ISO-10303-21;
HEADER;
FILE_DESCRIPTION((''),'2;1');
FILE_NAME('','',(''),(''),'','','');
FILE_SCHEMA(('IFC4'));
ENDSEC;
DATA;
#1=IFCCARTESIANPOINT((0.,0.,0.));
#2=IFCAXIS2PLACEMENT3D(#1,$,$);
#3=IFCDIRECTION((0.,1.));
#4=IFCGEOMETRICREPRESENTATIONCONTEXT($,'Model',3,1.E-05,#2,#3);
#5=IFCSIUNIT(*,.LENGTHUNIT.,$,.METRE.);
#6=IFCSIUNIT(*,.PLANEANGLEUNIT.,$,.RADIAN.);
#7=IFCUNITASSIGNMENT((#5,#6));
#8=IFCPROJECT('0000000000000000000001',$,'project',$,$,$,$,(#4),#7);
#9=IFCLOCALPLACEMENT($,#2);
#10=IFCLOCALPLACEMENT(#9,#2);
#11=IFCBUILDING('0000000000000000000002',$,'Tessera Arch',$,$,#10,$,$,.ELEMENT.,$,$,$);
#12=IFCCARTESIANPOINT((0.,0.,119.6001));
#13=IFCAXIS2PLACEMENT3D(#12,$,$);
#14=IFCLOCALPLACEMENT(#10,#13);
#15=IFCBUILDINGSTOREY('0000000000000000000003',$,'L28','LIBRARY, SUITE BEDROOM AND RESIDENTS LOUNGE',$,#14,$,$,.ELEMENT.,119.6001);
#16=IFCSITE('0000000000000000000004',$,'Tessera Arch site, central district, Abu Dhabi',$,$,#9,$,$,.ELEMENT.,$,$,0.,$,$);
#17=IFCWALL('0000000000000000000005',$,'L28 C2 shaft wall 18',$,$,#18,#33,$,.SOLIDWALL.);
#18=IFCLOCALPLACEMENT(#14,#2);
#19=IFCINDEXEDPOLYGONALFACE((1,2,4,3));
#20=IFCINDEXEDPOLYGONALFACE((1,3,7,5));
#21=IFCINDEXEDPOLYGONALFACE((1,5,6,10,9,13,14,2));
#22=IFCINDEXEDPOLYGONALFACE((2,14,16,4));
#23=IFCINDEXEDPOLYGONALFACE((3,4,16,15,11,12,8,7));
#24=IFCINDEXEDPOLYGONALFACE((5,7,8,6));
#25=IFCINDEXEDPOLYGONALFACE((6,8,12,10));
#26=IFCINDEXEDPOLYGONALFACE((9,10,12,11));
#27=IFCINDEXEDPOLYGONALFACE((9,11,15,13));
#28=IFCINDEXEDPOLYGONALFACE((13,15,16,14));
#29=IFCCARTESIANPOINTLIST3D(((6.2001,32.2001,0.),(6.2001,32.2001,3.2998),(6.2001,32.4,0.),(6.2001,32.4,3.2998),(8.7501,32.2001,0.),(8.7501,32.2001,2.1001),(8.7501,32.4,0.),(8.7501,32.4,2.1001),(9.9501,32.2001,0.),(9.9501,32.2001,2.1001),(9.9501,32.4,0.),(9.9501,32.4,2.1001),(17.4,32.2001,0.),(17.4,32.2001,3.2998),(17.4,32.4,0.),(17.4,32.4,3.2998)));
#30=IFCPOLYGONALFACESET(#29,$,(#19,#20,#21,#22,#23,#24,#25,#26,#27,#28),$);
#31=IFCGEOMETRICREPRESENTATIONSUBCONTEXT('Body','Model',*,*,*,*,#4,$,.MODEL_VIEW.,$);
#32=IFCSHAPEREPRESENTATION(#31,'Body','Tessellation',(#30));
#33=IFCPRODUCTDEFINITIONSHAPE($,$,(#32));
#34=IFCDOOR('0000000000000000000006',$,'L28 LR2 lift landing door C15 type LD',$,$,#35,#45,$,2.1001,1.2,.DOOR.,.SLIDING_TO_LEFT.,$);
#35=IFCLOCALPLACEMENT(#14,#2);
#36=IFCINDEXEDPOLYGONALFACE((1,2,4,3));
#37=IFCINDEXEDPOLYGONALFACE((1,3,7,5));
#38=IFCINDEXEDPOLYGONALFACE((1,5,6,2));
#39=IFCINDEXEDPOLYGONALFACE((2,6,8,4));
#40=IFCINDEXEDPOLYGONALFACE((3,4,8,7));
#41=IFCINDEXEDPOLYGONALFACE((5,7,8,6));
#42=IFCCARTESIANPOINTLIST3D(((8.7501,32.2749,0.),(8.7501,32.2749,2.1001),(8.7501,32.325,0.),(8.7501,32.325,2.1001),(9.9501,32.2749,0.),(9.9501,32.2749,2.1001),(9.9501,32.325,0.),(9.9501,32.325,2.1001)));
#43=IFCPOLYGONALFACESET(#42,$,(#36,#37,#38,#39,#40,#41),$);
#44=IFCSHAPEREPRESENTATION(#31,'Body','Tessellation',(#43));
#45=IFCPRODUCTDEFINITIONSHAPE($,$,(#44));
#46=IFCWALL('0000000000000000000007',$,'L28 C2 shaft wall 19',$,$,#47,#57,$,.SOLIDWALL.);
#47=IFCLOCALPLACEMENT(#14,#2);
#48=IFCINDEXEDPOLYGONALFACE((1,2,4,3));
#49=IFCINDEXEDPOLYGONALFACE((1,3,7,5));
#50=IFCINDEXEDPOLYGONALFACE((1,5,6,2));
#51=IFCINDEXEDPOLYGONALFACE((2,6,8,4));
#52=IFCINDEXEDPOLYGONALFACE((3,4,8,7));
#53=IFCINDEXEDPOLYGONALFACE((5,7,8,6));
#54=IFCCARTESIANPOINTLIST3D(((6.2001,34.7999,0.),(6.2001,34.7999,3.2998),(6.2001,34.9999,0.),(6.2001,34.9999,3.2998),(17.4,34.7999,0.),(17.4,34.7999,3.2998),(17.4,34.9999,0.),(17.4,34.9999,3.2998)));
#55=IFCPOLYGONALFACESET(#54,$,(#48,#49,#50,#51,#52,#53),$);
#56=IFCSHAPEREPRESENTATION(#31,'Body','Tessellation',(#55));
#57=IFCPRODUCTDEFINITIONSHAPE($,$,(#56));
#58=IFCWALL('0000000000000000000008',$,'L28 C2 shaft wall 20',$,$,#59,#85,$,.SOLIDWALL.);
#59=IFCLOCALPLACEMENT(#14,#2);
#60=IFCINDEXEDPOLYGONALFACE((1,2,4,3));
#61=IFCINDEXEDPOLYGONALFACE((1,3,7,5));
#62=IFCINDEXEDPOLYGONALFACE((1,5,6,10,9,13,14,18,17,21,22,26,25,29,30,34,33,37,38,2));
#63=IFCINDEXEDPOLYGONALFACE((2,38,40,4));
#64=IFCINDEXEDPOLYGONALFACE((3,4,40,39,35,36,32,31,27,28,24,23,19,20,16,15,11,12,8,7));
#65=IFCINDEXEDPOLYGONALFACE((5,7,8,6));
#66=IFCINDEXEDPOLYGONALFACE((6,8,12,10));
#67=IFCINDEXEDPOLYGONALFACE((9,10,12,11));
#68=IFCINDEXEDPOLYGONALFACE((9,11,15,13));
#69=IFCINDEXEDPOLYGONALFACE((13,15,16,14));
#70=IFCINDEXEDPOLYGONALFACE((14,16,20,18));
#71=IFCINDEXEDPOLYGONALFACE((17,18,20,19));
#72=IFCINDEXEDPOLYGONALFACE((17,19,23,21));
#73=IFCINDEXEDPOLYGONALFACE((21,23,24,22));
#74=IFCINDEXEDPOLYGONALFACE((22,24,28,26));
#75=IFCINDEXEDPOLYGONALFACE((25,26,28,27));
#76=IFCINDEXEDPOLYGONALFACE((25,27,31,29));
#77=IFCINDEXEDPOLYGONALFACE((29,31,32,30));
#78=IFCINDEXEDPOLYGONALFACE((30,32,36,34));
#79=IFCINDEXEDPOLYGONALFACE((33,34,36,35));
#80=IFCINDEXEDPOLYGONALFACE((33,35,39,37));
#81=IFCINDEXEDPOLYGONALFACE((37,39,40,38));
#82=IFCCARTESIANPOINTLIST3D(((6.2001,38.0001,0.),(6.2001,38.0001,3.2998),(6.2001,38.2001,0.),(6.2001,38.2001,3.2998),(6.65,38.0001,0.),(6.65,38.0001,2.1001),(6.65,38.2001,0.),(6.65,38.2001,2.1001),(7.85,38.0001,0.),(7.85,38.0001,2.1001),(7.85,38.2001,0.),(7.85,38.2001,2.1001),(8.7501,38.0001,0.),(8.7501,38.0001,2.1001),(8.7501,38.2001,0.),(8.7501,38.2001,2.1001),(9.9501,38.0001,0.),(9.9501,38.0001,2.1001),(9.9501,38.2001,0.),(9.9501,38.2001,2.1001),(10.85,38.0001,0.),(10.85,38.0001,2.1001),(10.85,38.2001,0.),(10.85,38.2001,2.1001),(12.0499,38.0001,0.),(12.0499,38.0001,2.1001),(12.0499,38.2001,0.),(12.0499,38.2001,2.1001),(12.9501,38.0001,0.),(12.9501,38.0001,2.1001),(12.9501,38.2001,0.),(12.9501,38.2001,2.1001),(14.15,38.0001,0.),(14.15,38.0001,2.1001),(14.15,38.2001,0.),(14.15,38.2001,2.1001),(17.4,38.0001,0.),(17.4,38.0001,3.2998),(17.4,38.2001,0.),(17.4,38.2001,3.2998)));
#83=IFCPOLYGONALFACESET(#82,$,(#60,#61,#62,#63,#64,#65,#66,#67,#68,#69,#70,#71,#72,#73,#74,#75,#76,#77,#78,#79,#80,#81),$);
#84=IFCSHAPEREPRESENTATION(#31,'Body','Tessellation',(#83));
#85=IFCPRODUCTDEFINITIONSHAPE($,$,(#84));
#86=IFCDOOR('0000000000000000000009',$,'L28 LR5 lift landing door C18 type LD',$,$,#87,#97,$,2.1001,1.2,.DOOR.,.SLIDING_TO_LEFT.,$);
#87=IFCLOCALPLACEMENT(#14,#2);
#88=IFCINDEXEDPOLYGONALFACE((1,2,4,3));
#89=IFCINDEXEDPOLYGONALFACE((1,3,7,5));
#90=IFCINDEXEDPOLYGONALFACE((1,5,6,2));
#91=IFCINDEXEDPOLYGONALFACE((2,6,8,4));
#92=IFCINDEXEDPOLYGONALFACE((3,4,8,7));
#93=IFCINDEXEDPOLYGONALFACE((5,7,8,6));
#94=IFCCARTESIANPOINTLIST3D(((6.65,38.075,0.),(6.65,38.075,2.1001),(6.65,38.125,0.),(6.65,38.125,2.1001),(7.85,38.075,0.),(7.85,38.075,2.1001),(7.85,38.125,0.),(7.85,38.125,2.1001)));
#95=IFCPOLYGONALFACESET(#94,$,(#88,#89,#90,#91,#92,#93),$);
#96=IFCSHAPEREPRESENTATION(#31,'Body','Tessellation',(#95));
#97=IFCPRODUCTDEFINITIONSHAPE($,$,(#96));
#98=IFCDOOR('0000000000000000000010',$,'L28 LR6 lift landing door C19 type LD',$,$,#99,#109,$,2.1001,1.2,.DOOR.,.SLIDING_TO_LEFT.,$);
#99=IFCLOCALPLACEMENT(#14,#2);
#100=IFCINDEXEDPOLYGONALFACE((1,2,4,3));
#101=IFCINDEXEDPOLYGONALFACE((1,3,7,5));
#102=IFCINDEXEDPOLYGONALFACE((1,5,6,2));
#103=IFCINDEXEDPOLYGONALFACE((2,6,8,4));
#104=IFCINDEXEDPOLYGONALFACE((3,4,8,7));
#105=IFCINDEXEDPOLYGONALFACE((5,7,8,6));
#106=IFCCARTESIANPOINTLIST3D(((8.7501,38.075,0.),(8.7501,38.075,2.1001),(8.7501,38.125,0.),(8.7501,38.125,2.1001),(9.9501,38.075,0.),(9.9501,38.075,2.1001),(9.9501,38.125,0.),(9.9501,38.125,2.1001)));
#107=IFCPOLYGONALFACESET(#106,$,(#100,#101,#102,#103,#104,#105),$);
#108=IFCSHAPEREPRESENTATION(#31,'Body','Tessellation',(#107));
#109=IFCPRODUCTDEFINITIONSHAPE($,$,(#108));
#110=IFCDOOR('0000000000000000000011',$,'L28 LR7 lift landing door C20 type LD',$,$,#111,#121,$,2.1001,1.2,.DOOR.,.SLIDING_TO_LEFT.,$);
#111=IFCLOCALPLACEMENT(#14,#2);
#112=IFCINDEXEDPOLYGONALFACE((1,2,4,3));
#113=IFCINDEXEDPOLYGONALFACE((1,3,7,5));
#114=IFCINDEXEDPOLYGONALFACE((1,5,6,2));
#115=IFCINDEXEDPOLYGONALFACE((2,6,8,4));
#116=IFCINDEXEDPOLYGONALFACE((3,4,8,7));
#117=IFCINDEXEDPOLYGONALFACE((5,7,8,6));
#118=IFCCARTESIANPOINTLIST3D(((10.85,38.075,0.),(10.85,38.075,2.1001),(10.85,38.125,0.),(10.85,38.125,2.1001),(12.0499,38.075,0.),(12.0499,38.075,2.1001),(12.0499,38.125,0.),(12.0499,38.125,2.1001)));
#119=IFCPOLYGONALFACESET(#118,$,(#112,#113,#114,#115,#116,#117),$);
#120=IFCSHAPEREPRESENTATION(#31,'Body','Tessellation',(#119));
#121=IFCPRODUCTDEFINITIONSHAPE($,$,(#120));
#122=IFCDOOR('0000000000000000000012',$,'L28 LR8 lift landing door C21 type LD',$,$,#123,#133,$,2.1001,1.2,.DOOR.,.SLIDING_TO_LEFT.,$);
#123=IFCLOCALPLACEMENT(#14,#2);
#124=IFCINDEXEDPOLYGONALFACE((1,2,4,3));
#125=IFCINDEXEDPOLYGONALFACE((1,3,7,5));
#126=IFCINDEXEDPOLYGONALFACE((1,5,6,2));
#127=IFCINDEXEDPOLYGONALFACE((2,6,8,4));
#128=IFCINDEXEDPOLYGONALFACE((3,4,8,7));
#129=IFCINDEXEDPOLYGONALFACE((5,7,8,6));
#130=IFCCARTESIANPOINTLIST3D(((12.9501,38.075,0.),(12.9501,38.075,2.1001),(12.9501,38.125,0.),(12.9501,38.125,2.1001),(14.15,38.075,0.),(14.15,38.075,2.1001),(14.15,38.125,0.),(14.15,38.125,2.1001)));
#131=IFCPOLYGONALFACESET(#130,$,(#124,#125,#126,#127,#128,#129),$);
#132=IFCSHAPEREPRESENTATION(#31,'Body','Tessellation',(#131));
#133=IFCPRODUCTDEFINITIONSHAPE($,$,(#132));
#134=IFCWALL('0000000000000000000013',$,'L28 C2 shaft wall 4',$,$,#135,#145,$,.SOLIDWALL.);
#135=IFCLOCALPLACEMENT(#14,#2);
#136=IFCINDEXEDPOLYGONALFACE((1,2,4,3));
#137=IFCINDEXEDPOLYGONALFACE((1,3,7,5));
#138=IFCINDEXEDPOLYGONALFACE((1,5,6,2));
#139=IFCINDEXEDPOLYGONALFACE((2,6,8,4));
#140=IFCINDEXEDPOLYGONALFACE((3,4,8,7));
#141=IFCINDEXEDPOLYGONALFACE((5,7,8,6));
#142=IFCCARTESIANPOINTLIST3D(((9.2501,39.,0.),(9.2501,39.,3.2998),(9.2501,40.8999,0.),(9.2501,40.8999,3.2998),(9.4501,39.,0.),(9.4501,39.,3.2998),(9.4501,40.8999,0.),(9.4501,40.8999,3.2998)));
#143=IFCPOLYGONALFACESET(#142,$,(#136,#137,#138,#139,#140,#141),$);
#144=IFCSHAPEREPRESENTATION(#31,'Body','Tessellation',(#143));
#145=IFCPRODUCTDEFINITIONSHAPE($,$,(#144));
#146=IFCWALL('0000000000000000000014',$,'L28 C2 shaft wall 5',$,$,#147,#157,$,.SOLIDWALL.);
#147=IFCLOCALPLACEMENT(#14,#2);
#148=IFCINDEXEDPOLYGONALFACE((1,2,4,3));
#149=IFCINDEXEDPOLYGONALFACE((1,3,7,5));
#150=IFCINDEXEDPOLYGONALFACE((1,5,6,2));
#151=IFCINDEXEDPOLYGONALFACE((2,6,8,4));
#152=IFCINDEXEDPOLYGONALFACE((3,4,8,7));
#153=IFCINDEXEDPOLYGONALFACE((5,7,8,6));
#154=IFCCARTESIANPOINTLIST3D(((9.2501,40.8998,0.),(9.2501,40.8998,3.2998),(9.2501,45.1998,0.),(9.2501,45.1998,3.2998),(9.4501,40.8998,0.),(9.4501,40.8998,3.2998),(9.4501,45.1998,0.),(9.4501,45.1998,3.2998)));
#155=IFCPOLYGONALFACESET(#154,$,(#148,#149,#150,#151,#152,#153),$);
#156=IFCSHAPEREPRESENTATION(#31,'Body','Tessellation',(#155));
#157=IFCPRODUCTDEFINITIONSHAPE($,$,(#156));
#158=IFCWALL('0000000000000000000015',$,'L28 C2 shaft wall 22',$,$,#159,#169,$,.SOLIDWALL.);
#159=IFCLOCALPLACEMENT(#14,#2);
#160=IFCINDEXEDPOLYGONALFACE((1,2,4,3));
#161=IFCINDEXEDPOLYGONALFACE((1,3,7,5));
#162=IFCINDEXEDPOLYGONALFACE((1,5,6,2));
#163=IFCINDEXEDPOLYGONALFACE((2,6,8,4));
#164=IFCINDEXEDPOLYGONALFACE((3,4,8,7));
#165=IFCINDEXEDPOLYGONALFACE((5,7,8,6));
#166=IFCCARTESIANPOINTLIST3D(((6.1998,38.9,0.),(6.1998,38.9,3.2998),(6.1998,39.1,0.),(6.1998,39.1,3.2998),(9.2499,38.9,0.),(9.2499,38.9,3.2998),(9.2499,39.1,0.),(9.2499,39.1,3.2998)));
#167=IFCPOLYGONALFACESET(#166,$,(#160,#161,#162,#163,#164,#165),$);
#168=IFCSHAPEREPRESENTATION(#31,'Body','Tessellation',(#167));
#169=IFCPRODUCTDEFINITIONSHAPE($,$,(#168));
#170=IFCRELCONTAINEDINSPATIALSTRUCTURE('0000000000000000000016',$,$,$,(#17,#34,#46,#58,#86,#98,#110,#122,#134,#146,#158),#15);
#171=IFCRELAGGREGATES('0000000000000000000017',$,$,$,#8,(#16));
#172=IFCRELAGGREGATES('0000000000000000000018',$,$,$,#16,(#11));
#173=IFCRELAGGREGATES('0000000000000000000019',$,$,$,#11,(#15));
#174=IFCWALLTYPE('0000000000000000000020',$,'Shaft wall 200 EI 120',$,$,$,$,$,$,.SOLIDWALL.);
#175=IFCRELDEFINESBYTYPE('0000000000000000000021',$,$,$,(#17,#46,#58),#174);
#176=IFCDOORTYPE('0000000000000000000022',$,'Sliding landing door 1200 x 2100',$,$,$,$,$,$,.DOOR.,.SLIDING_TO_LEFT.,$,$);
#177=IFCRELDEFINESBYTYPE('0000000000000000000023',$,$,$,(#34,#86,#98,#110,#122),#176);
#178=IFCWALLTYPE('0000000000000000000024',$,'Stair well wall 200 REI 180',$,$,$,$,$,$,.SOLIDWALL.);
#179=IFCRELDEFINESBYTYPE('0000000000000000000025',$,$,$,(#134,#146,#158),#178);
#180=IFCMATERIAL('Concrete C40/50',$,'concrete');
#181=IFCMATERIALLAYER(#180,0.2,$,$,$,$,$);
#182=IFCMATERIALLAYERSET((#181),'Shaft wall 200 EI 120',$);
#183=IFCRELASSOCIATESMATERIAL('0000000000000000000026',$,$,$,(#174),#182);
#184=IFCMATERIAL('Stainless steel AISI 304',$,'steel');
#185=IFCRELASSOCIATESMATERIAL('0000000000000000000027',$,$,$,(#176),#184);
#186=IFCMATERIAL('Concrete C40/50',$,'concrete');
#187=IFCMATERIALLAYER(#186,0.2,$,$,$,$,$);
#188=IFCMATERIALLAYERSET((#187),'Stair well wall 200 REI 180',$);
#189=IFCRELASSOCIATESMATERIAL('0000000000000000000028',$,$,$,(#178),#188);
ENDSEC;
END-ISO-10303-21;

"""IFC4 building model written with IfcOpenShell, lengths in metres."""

from ifc_helpers import new_model, si_unit, direction, frame, frame_2d, origin, place, context, subcontext, project, spatial, rectangle, extrude, material, layer, layer_set, type_object, element, fill, save


model = new_model("IFC4")

# Units and contexts
model_context = context("Model", 3, precision=1e-05, world=origin(), true_north=direction((0.0, 1.0)))
body_context = subcontext(model_context, "Body", "Model", "MODEL_VIEW")
ifc_project = project(units=[si_unit("LENGTHUNIT", "METRE"), si_unit("PLANEANGLEUNIT", "RADIAN")], contexts=[model_context])

# Site, building, storey
site_placement = place(None, origin())
site = spatial("IfcSite", under=ifc_project, at=site_placement, Name="Tessera Arch site, central district, Abu Dhabi", CompositionType="ELEMENT", RefElevation=0.0)
building_placement = place(site_placement, origin())
building = spatial("IfcBuilding", under=site, at=building_placement, Name="Tessera Arch", CompositionType="ELEMENT")
storey_placement = place(building_placement, frame((0.0, 0.0, 119.6001)))
storey = spatial("IfcBuildingStorey", under=building, at=storey_placement, Name="L28", Description="LIBRARY, SUITE BEDROOM AND RESIDENTS LOUNGE", CompositionType="ELEMENT", Elevation=119.6001)

# Shared definitions
ifc_material_1 = material(Name="Concrete C40/50", Category="concrete")
ifc_layer_1 = layer(ifc_material_1, 0.2)
ifc_layer_set_1 = layer_set([ifc_layer_1], Name="Shaft wall 200 EI 120")
wall_type_1 = type_object("IfcWallType", Name="Shaft wall 200 EI 120", PredefinedType="SOLIDWALL", material=ifc_layer_set_1)

# Wall, opening, door
wall_1_placement = place(storey_placement, frame((6.2, 32.3, 0.0), z_axis=(0.0, 0.0, 1.0), x_axis=(1.0, 0.0, 0.0)))
wall_1 = element("IfcWall", 1, at=wall_1_placement, inside=storey, type_object=wall_type_1, Name="L28 C2 shaft wall 18", PredefinedType="SOLIDWALL", context=body_context, shape_type="SweptSolid", body=[
    extrude(rectangle(XDim=11.2, YDim=0.2, at=frame_2d((5.6001, 0.0))), origin(), (0.0, 0.0, 1.0), 3.2998),
])
opening_1_placement = place(wall_1_placement, frame((2.55, 0.0, 0.0)))
opening_1 = element("IfcOpeningElement", 2, at=opening_1_placement, cuts=wall_1, PredefinedType="OPENING", context=body_context, shape_type="SweptSolid", body=[
    extrude(rectangle(XDim=1.2, YDim=2.1001, at=frame_2d((0.6001, 1.05))), frame((0.0, 0.1099, 0.0), z_axis=(0.0, -1.0, 0.0), x_axis=(1.0, 0.0, 0.0)), (0.0, 0.0, 1.0), 0.22),
])
ifc_material_2 = material(Name="Stainless steel AISI 304", Category="steel")
door_type = type_object("IfcDoorType", Name="Sliding landing door 1200 x 2100", OperationType="SLIDING_TO_LEFT", PredefinedType="DOOR", material=ifc_material_2)
door_1_placement = place(opening_1_placement, origin())
door_1 = element("IfcDoor", 3, at=door_1_placement, inside=storey, type_object=door_type, Name="L28 LR2 lift landing door C15 type LD", OperationType="SLIDING_TO_LEFT", OverallHeight=2.1001, OverallWidth=1.2, PredefinedType="DOOR", context=body_context, shape_type="SweptSolid", body=[
    extrude(rectangle(XDim=1.2, YDim=2.1001, at=frame_2d((0.6001, 1.05))), frame((0.0, 0.0249, 0.0), z_axis=(0.0, -1.0, 0.0), x_axis=(1.0, 0.0, 0.0)), (0.0, 0.0, 1.0), 0.05),
])
fill(opening_1, door_1)

# Wall
wall_2_placement = place(storey_placement, frame((6.2, 34.8999, 0.0), z_axis=(0.0, 0.0, 1.0), x_axis=(1.0, 0.0, 0.0)))
element("IfcWall", 4, at=wall_2_placement, inside=storey, type_object=wall_type_1, Name="L28 C2 shaft wall 19", PredefinedType="SOLIDWALL", context=body_context, shape_type="SweptSolid", body=[
    extrude(rectangle(XDim=11.2, YDim=0.2, at=frame_2d((5.6001, 0.0))), origin(), (0.0, 0.0, 1.0), 3.2998),
])

# Wall, openings, doors
wall_3_placement = place(storey_placement, frame((6.2, 38.1001, 0.0), z_axis=(0.0, 0.0, 1.0), x_axis=(1.0, 0.0, 0.0)))
wall_3 = element("IfcWall", 5, at=wall_3_placement, inside=storey, type_object=wall_type_1, Name="L28 C2 shaft wall 20", PredefinedType="SOLIDWALL", context=body_context, shape_type="SweptSolid", body=[
    extrude(rectangle(XDim=11.2, YDim=0.2, at=frame_2d((5.6001, 0.0))), origin(), (0.0, 0.0, 1.0), 3.2998),
])
opening_2_placement = place(wall_3_placement, frame((0.45, 0.0, 0.0)))
opening_2 = element("IfcOpeningElement", 6, at=opening_2_placement, cuts=wall_3, PredefinedType="OPENING", context=body_context, shape_type="SweptSolid", body=[
    extrude(rectangle(XDim=1.2, YDim=2.1001, at=frame_2d((0.6001, 1.05))), frame((0.0, 0.1099, 0.0), z_axis=(0.0, -1.0, 0.0), x_axis=(1.0, 0.0, 0.0)), (0.0, 0.0, 1.0), 0.22),
])
opening_3_placement = place(wall_3_placement, frame((2.55, 0.0, 0.0)))
opening_3 = element("IfcOpeningElement", 7, at=opening_3_placement, cuts=wall_3, PredefinedType="OPENING", context=body_context, shape_type="SweptSolid", body=[
    extrude(rectangle(XDim=1.2, YDim=2.1001, at=frame_2d((0.6001, 1.05))), frame((0.0, 0.1099, 0.0), z_axis=(0.0, -1.0, 0.0), x_axis=(1.0, 0.0, 0.0)), (0.0, 0.0, 1.0), 0.22),
])
opening_4_placement = place(wall_3_placement, frame((4.6499, 0.0, 0.0)))
opening_4 = element("IfcOpeningElement", 8, at=opening_4_placement, cuts=wall_3, PredefinedType="OPENING", context=body_context, shape_type="SweptSolid", body=[
    extrude(rectangle(XDim=1.2, YDim=2.1001, at=frame_2d((0.6001, 1.05))), frame((0.0, 0.1099, 0.0), z_axis=(0.0, -1.0, 0.0), x_axis=(1.0, 0.0, 0.0)), (0.0, 0.0, 1.0), 0.22),
])
opening_5_placement = place(wall_3_placement, frame((6.75, 0.0, 0.0)))
opening_5 = element("IfcOpeningElement", 9, at=opening_5_placement, cuts=wall_3, PredefinedType="OPENING", context=body_context, shape_type="SweptSolid", body=[
    extrude(rectangle(XDim=1.2, YDim=2.1001, at=frame_2d((0.6001, 1.05))), frame((0.0, 0.1099, 0.0), z_axis=(0.0, -1.0, 0.0), x_axis=(1.0, 0.0, 0.0)), (0.0, 0.0, 1.0), 0.22),
])
door_2_placement = place(opening_2_placement, origin())
door_2 = element("IfcDoor", 10, at=door_2_placement, inside=storey, type_object=door_type, Name="L28 LR5 lift landing door C18 type LD", OperationType="SLIDING_TO_LEFT", OverallHeight=2.1001, OverallWidth=1.2, PredefinedType="DOOR", context=body_context, shape_type="SweptSolid", body=[
    extrude(rectangle(XDim=1.2, YDim=2.1001, at=frame_2d((0.6001, 1.05))), frame((0.0, 0.0249, 0.0), z_axis=(0.0, -1.0, 0.0), x_axis=(1.0, 0.0, 0.0)), (0.0, 0.0, 1.0), 0.05),
])
fill(opening_2, door_2)
door_3_placement = place(opening_3_placement, origin())
door_3 = element("IfcDoor", 11, at=door_3_placement, inside=storey, type_object=door_type, Name="L28 LR6 lift landing door C19 type LD", OperationType="SLIDING_TO_LEFT", OverallHeight=2.1001, OverallWidth=1.2, PredefinedType="DOOR", context=body_context, shape_type="SweptSolid", body=[
    extrude(rectangle(XDim=1.2, YDim=2.1001, at=frame_2d((0.6001, 1.05))), frame((0.0, 0.0249, 0.0), z_axis=(0.0, -1.0, 0.0), x_axis=(1.0, 0.0, 0.0)), (0.0, 0.0, 1.0), 0.05),
])
fill(opening_3, door_3)
door_4_placement = place(opening_4_placement, origin())
door_4 = element("IfcDoor", 12, at=door_4_placement, inside=storey, type_object=door_type, Name="L28 LR7 lift landing door C20 type LD", OperationType="SLIDING_TO_LEFT", OverallHeight=2.1001, OverallWidth=1.2, PredefinedType="DOOR", context=body_context, shape_type="SweptSolid", body=[
    extrude(rectangle(XDim=1.2, YDim=2.1001, at=frame_2d((0.6001, 1.05))), frame((0.0, 0.0249, 0.0), z_axis=(0.0, -1.0, 0.0), x_axis=(1.0, 0.0, 0.0)), (0.0, 0.0, 1.0), 0.05),
])
fill(opening_4, door_4)
door_5_placement = place(opening_5_placement, origin())
door_5 = element("IfcDoor", 13, at=door_5_placement, inside=storey, type_object=door_type, Name="L28 LR8 lift landing door C21 type LD", OperationType="SLIDING_TO_LEFT", OverallHeight=2.1001, OverallWidth=1.2, PredefinedType="DOOR", context=body_context, shape_type="SweptSolid", body=[
    extrude(rectangle(XDim=1.2, YDim=2.1001, at=frame_2d((0.6001, 1.05))), frame((0.0, 0.0249, 0.0), z_axis=(0.0, -1.0, 0.0), x_axis=(1.0, 0.0, 0.0)), (0.0, 0.0, 1.0), 0.05),
])
fill(opening_5, door_5)

# Walls
ifc_material_3 = material(Name="Concrete C40/50", Category="concrete")
ifc_layer_2 = layer(ifc_material_3, 0.2)
ifc_layer_set_2 = layer_set([ifc_layer_2], Name="Stair well wall 200 REI 180")
wall_type_2 = type_object("IfcWallType", Name="Stair well wall 200 REI 180", PredefinedType="SOLIDWALL", material=ifc_layer_set_2)
wall_4_placement = place(storey_placement, frame((9.3501, 39.0, 0.0), z_axis=(0.0, 0.0, 1.0), x_axis=(0.0, 1.0, 0.0)))
element("IfcWall", 14, at=wall_4_placement, inside=storey, type_object=wall_type_2, Name="L28 C2 shaft wall 4", PredefinedType="SOLIDWALL", context=body_context, shape_type="SweptSolid", body=[
    extrude(rectangle(XDim=1.8999, YDim=0.2, at=frame_2d((0.95, 0.0))), origin(), (0.0, 0.0, 1.0), 3.2998),
])
wall_5_placement = place(storey_placement, frame((9.3501, 40.8999, 0.0), z_axis=(0.0, 0.0, 1.0), x_axis=(0.0, 1.0, 0.0)))
element("IfcWall", 15, at=wall_5_placement, inside=storey, type_object=wall_type_2, Name="L28 C2 shaft wall 5", PredefinedType="SOLIDWALL", context=body_context, shape_type="SweptSolid", body=[
    extrude(rectangle(XDim=4.3, YDim=0.2, at=frame_2d((2.1499, 0.0))), origin(), (0.0, 0.0, 1.0), 3.2998),
])
wall_6_placement = place(storey_placement, frame((6.2, 39.0, 0.0), z_axis=(0.0, 0.0, 1.0), x_axis=(1.0, 0.0, 0.0)))
element("IfcWall", 16, at=wall_6_placement, inside=storey, type_object=wall_type_2, Name="L28 C2 shaft wall 22", PredefinedType="SOLIDWALL", context=body_context, shape_type="SweptSolid", body=[
    extrude(rectangle(XDim=3.05, YDim=0.2, at=frame_2d((1.5249, 0.0))), origin(), (0.0, 0.0, 1.0), 3.2998),
])

save(model, "model.ifc")
